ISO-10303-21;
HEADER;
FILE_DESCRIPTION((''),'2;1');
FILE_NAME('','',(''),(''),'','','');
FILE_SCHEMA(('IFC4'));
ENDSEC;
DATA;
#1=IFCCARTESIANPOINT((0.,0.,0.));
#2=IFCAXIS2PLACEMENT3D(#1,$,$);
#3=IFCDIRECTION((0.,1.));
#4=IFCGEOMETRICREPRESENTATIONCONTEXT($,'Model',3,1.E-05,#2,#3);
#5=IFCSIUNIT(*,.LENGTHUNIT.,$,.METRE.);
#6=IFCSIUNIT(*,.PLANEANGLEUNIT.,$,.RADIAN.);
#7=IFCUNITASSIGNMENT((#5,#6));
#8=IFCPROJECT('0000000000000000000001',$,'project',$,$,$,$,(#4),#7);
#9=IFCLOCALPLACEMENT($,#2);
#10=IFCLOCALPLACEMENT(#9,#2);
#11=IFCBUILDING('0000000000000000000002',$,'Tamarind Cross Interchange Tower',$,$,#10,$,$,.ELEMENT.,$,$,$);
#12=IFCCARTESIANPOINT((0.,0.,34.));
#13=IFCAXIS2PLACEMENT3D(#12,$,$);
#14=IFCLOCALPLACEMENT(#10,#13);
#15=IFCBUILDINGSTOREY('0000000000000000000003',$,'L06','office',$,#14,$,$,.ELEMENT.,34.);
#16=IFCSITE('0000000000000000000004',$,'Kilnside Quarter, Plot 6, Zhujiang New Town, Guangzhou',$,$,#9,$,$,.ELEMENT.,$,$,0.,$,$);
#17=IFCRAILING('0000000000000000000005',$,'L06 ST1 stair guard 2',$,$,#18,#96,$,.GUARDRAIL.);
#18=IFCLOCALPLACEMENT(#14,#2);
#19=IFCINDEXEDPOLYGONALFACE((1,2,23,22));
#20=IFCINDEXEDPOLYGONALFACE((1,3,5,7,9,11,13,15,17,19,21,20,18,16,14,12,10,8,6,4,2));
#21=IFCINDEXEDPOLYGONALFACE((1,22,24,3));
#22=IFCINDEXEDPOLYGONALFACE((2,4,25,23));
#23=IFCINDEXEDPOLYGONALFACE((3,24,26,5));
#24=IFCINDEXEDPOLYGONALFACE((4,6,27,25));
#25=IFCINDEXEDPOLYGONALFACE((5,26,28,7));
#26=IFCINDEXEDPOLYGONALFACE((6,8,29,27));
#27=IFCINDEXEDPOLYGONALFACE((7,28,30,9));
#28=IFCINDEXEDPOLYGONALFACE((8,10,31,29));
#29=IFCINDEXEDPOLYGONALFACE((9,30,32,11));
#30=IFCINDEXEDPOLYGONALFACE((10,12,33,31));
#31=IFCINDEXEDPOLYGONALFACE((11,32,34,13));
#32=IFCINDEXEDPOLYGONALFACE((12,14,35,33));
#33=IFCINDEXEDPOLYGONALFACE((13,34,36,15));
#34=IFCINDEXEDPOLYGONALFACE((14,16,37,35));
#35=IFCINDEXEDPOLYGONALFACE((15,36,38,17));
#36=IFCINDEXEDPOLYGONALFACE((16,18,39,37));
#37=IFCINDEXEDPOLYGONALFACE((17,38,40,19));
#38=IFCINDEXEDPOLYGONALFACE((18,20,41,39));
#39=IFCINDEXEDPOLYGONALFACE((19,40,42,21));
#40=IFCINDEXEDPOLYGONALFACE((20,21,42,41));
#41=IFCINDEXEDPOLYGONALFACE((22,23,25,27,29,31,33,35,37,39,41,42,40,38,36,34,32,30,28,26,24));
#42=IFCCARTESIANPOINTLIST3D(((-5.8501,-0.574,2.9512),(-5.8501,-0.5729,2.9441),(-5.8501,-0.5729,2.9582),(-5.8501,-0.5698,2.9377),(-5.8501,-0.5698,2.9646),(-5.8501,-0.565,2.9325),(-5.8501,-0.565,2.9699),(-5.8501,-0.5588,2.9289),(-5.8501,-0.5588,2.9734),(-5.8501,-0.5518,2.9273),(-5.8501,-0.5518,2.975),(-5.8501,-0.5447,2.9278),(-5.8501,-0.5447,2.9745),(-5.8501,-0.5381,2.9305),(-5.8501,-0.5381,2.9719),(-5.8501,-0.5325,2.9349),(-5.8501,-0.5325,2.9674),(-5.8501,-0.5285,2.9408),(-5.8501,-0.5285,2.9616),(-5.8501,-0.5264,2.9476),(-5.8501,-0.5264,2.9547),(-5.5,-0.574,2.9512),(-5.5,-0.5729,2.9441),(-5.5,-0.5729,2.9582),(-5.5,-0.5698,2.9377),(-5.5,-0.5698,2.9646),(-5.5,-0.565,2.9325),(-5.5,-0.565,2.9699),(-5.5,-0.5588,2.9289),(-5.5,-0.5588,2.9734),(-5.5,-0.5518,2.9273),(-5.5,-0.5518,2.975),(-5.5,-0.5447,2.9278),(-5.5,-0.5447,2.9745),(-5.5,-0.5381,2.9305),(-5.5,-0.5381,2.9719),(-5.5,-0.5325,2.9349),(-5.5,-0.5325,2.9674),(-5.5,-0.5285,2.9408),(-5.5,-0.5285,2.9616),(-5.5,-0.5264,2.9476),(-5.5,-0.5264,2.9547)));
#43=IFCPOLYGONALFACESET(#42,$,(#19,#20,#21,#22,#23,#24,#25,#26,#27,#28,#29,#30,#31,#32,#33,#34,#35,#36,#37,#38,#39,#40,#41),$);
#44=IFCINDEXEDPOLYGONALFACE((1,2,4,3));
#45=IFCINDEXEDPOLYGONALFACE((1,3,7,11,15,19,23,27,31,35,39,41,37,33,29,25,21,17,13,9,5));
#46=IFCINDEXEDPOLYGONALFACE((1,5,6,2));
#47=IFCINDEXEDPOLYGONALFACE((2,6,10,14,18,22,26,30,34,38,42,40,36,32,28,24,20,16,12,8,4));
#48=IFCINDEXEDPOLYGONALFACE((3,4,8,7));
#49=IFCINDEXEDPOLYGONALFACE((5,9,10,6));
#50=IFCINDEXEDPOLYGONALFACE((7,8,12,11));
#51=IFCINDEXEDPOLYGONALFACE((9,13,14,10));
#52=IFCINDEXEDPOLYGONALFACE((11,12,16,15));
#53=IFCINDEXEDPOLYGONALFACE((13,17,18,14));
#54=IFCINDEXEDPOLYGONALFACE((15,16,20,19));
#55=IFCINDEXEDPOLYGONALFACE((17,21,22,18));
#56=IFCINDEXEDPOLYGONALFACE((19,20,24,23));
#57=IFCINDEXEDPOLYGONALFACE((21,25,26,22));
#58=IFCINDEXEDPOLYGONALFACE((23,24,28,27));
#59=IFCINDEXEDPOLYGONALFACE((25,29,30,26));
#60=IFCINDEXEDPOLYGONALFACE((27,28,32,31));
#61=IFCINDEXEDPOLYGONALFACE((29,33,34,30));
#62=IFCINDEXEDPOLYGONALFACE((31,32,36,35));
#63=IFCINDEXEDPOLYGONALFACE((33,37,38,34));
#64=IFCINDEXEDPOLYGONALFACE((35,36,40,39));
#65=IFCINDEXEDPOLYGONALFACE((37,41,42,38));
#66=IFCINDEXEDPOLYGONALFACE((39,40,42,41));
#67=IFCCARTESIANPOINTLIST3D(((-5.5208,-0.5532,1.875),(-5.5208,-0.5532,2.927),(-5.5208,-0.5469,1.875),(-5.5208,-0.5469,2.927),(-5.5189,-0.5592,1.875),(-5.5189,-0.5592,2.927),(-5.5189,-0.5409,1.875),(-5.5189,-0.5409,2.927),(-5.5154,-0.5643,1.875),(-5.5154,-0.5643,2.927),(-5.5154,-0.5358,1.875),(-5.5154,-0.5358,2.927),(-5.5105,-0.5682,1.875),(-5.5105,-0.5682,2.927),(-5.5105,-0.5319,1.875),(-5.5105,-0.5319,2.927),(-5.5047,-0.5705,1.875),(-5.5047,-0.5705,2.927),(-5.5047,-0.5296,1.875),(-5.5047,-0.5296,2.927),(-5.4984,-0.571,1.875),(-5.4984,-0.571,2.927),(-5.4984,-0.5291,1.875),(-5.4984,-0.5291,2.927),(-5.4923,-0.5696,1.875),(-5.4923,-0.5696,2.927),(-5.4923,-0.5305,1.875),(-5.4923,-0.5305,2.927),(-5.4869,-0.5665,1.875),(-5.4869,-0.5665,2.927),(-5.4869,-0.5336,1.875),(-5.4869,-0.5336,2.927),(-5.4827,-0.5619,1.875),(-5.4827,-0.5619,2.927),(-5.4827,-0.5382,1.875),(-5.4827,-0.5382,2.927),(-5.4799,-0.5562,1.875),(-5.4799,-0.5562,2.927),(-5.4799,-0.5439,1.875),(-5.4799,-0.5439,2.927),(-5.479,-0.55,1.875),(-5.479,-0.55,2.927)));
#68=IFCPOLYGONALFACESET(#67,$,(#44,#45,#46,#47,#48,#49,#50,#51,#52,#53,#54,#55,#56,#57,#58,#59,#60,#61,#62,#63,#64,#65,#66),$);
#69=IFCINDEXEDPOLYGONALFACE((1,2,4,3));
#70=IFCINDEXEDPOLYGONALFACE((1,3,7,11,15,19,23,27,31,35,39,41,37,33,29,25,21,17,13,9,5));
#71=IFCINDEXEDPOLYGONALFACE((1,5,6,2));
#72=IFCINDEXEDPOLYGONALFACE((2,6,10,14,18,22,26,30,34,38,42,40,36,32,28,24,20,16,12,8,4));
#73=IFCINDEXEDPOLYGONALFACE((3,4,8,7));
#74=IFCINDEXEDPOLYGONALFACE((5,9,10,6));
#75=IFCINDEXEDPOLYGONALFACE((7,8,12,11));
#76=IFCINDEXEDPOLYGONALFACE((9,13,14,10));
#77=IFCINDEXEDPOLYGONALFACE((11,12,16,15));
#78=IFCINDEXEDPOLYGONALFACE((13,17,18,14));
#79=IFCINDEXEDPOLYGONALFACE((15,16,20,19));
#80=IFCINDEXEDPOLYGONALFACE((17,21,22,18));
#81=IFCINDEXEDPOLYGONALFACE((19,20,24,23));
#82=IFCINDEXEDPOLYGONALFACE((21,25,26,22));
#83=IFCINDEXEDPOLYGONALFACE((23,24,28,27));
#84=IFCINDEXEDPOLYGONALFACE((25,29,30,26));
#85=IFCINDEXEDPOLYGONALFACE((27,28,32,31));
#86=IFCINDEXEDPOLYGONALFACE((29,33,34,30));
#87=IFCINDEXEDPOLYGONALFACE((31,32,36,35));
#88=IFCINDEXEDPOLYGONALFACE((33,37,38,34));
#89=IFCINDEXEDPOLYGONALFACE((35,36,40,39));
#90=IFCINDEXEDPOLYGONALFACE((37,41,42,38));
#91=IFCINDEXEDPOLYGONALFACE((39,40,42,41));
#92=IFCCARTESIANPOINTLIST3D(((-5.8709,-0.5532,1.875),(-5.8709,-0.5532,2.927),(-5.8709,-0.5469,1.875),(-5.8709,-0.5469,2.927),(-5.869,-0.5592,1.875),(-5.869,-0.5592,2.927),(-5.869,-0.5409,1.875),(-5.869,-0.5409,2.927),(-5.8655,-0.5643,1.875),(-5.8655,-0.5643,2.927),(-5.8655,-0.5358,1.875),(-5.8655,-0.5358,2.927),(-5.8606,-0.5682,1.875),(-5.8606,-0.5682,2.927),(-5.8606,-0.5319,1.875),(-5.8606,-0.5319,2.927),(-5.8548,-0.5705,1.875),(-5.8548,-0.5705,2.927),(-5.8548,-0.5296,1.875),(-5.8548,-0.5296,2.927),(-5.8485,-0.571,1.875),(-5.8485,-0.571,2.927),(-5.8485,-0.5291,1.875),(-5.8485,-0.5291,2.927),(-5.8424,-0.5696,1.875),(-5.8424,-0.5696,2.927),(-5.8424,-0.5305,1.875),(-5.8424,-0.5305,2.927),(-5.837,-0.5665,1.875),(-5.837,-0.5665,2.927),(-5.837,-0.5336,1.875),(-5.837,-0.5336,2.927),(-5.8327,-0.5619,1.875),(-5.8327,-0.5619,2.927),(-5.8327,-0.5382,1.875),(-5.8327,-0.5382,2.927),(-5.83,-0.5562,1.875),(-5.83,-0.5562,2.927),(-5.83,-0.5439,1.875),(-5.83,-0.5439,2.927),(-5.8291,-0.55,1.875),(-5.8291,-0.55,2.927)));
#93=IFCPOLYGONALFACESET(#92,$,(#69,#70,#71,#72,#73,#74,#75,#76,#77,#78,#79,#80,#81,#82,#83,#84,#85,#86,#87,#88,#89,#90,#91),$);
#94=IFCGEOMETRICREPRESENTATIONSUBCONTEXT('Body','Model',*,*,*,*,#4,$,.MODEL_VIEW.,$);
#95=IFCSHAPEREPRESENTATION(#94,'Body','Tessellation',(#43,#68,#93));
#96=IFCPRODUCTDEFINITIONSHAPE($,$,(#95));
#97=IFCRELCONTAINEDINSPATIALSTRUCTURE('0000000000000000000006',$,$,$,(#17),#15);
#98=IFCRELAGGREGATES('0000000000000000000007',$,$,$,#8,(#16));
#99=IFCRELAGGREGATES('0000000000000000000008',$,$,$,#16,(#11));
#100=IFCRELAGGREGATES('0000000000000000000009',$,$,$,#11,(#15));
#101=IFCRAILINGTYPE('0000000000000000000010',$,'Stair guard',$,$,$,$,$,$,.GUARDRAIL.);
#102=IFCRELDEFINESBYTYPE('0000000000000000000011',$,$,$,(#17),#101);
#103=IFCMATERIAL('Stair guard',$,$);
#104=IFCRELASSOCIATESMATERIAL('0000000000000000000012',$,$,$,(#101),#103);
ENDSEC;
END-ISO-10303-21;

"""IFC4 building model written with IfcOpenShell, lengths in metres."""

from ifc_helpers import new_model, si_unit, direction, frame, origin, origin_2d, place, context, subcontext, project, spatial, circle, extrude, material, type_object, element, save


model = new_model("IFC4")

# Units and contexts
model_context = context("Model", 3, precision=1e-05, world=origin(), true_north=direction((0.0, 1.0)))
body_context = subcontext(model_context, "Body", "Model", "MODEL_VIEW")
ifc_project = project(units=[si_unit("LENGTHUNIT", "METRE"), si_unit("PLANEANGLEUNIT", "RADIAN")], contexts=[model_context])

# Site, building, storey
site_placement = place(None, origin())
site = spatial("IfcSite", under=ifc_project, at=site_placement, Name="Kilnside Quarter, Plot 6, Zhujiang New Town, Guangzhou", CompositionType="ELEMENT", RefElevation=0.0)
building_placement = place(site_placement, origin())
building = spatial("IfcBuilding", under=site, at=building_placement, Name="Tamarind Cross Interchange Tower", CompositionType="ELEMENT")
storey_placement = place(building_placement, frame((0.0, 0.0, 34.0)))
storey = spatial("IfcBuildingStorey", under=building, at=storey_placement, Name="L06", Description="office", CompositionType="ELEMENT", Elevation=34.0)

# Railing
ifc_material_1 = material(Name="Stair guard")
railing_type_1 = type_object("IfcRailingType", Name="Stair guard", PredefinedType="GUARDRAIL", material=ifc_material_1)
railing_1_placement = place(storey_placement, frame((-5.5, -0.55, 1.875)))
element("IfcRailing", 1, at=railing_1_placement, inside=storey, type_object=railing_type_1, Name="L06 ST1 stair guard 2", PredefinedType="GUARDRAIL", context=body_context, shape_type="SweptSolid", body=[
    extrude(circle(Radius=0.0239, at=origin_2d()), frame((0.0, 0.0, 1.0762), z_axis=(-1.0, 0.0, 0.0), x_axis=(0.0, -1.0, 0.0)), (0.0, 0.0, 1.0), 0.3501),
    extrude(circle(Radius=0.021, at=origin_2d()), origin(), (0.0, 0.0, 1.0), 1.052),
    extrude(circle(Radius=0.021, at=origin_2d()), frame((-0.3501, 0.0, 0.0)), (0.0, 0.0, 1.0), 1.052),
])

save(model, "model.ifc")
